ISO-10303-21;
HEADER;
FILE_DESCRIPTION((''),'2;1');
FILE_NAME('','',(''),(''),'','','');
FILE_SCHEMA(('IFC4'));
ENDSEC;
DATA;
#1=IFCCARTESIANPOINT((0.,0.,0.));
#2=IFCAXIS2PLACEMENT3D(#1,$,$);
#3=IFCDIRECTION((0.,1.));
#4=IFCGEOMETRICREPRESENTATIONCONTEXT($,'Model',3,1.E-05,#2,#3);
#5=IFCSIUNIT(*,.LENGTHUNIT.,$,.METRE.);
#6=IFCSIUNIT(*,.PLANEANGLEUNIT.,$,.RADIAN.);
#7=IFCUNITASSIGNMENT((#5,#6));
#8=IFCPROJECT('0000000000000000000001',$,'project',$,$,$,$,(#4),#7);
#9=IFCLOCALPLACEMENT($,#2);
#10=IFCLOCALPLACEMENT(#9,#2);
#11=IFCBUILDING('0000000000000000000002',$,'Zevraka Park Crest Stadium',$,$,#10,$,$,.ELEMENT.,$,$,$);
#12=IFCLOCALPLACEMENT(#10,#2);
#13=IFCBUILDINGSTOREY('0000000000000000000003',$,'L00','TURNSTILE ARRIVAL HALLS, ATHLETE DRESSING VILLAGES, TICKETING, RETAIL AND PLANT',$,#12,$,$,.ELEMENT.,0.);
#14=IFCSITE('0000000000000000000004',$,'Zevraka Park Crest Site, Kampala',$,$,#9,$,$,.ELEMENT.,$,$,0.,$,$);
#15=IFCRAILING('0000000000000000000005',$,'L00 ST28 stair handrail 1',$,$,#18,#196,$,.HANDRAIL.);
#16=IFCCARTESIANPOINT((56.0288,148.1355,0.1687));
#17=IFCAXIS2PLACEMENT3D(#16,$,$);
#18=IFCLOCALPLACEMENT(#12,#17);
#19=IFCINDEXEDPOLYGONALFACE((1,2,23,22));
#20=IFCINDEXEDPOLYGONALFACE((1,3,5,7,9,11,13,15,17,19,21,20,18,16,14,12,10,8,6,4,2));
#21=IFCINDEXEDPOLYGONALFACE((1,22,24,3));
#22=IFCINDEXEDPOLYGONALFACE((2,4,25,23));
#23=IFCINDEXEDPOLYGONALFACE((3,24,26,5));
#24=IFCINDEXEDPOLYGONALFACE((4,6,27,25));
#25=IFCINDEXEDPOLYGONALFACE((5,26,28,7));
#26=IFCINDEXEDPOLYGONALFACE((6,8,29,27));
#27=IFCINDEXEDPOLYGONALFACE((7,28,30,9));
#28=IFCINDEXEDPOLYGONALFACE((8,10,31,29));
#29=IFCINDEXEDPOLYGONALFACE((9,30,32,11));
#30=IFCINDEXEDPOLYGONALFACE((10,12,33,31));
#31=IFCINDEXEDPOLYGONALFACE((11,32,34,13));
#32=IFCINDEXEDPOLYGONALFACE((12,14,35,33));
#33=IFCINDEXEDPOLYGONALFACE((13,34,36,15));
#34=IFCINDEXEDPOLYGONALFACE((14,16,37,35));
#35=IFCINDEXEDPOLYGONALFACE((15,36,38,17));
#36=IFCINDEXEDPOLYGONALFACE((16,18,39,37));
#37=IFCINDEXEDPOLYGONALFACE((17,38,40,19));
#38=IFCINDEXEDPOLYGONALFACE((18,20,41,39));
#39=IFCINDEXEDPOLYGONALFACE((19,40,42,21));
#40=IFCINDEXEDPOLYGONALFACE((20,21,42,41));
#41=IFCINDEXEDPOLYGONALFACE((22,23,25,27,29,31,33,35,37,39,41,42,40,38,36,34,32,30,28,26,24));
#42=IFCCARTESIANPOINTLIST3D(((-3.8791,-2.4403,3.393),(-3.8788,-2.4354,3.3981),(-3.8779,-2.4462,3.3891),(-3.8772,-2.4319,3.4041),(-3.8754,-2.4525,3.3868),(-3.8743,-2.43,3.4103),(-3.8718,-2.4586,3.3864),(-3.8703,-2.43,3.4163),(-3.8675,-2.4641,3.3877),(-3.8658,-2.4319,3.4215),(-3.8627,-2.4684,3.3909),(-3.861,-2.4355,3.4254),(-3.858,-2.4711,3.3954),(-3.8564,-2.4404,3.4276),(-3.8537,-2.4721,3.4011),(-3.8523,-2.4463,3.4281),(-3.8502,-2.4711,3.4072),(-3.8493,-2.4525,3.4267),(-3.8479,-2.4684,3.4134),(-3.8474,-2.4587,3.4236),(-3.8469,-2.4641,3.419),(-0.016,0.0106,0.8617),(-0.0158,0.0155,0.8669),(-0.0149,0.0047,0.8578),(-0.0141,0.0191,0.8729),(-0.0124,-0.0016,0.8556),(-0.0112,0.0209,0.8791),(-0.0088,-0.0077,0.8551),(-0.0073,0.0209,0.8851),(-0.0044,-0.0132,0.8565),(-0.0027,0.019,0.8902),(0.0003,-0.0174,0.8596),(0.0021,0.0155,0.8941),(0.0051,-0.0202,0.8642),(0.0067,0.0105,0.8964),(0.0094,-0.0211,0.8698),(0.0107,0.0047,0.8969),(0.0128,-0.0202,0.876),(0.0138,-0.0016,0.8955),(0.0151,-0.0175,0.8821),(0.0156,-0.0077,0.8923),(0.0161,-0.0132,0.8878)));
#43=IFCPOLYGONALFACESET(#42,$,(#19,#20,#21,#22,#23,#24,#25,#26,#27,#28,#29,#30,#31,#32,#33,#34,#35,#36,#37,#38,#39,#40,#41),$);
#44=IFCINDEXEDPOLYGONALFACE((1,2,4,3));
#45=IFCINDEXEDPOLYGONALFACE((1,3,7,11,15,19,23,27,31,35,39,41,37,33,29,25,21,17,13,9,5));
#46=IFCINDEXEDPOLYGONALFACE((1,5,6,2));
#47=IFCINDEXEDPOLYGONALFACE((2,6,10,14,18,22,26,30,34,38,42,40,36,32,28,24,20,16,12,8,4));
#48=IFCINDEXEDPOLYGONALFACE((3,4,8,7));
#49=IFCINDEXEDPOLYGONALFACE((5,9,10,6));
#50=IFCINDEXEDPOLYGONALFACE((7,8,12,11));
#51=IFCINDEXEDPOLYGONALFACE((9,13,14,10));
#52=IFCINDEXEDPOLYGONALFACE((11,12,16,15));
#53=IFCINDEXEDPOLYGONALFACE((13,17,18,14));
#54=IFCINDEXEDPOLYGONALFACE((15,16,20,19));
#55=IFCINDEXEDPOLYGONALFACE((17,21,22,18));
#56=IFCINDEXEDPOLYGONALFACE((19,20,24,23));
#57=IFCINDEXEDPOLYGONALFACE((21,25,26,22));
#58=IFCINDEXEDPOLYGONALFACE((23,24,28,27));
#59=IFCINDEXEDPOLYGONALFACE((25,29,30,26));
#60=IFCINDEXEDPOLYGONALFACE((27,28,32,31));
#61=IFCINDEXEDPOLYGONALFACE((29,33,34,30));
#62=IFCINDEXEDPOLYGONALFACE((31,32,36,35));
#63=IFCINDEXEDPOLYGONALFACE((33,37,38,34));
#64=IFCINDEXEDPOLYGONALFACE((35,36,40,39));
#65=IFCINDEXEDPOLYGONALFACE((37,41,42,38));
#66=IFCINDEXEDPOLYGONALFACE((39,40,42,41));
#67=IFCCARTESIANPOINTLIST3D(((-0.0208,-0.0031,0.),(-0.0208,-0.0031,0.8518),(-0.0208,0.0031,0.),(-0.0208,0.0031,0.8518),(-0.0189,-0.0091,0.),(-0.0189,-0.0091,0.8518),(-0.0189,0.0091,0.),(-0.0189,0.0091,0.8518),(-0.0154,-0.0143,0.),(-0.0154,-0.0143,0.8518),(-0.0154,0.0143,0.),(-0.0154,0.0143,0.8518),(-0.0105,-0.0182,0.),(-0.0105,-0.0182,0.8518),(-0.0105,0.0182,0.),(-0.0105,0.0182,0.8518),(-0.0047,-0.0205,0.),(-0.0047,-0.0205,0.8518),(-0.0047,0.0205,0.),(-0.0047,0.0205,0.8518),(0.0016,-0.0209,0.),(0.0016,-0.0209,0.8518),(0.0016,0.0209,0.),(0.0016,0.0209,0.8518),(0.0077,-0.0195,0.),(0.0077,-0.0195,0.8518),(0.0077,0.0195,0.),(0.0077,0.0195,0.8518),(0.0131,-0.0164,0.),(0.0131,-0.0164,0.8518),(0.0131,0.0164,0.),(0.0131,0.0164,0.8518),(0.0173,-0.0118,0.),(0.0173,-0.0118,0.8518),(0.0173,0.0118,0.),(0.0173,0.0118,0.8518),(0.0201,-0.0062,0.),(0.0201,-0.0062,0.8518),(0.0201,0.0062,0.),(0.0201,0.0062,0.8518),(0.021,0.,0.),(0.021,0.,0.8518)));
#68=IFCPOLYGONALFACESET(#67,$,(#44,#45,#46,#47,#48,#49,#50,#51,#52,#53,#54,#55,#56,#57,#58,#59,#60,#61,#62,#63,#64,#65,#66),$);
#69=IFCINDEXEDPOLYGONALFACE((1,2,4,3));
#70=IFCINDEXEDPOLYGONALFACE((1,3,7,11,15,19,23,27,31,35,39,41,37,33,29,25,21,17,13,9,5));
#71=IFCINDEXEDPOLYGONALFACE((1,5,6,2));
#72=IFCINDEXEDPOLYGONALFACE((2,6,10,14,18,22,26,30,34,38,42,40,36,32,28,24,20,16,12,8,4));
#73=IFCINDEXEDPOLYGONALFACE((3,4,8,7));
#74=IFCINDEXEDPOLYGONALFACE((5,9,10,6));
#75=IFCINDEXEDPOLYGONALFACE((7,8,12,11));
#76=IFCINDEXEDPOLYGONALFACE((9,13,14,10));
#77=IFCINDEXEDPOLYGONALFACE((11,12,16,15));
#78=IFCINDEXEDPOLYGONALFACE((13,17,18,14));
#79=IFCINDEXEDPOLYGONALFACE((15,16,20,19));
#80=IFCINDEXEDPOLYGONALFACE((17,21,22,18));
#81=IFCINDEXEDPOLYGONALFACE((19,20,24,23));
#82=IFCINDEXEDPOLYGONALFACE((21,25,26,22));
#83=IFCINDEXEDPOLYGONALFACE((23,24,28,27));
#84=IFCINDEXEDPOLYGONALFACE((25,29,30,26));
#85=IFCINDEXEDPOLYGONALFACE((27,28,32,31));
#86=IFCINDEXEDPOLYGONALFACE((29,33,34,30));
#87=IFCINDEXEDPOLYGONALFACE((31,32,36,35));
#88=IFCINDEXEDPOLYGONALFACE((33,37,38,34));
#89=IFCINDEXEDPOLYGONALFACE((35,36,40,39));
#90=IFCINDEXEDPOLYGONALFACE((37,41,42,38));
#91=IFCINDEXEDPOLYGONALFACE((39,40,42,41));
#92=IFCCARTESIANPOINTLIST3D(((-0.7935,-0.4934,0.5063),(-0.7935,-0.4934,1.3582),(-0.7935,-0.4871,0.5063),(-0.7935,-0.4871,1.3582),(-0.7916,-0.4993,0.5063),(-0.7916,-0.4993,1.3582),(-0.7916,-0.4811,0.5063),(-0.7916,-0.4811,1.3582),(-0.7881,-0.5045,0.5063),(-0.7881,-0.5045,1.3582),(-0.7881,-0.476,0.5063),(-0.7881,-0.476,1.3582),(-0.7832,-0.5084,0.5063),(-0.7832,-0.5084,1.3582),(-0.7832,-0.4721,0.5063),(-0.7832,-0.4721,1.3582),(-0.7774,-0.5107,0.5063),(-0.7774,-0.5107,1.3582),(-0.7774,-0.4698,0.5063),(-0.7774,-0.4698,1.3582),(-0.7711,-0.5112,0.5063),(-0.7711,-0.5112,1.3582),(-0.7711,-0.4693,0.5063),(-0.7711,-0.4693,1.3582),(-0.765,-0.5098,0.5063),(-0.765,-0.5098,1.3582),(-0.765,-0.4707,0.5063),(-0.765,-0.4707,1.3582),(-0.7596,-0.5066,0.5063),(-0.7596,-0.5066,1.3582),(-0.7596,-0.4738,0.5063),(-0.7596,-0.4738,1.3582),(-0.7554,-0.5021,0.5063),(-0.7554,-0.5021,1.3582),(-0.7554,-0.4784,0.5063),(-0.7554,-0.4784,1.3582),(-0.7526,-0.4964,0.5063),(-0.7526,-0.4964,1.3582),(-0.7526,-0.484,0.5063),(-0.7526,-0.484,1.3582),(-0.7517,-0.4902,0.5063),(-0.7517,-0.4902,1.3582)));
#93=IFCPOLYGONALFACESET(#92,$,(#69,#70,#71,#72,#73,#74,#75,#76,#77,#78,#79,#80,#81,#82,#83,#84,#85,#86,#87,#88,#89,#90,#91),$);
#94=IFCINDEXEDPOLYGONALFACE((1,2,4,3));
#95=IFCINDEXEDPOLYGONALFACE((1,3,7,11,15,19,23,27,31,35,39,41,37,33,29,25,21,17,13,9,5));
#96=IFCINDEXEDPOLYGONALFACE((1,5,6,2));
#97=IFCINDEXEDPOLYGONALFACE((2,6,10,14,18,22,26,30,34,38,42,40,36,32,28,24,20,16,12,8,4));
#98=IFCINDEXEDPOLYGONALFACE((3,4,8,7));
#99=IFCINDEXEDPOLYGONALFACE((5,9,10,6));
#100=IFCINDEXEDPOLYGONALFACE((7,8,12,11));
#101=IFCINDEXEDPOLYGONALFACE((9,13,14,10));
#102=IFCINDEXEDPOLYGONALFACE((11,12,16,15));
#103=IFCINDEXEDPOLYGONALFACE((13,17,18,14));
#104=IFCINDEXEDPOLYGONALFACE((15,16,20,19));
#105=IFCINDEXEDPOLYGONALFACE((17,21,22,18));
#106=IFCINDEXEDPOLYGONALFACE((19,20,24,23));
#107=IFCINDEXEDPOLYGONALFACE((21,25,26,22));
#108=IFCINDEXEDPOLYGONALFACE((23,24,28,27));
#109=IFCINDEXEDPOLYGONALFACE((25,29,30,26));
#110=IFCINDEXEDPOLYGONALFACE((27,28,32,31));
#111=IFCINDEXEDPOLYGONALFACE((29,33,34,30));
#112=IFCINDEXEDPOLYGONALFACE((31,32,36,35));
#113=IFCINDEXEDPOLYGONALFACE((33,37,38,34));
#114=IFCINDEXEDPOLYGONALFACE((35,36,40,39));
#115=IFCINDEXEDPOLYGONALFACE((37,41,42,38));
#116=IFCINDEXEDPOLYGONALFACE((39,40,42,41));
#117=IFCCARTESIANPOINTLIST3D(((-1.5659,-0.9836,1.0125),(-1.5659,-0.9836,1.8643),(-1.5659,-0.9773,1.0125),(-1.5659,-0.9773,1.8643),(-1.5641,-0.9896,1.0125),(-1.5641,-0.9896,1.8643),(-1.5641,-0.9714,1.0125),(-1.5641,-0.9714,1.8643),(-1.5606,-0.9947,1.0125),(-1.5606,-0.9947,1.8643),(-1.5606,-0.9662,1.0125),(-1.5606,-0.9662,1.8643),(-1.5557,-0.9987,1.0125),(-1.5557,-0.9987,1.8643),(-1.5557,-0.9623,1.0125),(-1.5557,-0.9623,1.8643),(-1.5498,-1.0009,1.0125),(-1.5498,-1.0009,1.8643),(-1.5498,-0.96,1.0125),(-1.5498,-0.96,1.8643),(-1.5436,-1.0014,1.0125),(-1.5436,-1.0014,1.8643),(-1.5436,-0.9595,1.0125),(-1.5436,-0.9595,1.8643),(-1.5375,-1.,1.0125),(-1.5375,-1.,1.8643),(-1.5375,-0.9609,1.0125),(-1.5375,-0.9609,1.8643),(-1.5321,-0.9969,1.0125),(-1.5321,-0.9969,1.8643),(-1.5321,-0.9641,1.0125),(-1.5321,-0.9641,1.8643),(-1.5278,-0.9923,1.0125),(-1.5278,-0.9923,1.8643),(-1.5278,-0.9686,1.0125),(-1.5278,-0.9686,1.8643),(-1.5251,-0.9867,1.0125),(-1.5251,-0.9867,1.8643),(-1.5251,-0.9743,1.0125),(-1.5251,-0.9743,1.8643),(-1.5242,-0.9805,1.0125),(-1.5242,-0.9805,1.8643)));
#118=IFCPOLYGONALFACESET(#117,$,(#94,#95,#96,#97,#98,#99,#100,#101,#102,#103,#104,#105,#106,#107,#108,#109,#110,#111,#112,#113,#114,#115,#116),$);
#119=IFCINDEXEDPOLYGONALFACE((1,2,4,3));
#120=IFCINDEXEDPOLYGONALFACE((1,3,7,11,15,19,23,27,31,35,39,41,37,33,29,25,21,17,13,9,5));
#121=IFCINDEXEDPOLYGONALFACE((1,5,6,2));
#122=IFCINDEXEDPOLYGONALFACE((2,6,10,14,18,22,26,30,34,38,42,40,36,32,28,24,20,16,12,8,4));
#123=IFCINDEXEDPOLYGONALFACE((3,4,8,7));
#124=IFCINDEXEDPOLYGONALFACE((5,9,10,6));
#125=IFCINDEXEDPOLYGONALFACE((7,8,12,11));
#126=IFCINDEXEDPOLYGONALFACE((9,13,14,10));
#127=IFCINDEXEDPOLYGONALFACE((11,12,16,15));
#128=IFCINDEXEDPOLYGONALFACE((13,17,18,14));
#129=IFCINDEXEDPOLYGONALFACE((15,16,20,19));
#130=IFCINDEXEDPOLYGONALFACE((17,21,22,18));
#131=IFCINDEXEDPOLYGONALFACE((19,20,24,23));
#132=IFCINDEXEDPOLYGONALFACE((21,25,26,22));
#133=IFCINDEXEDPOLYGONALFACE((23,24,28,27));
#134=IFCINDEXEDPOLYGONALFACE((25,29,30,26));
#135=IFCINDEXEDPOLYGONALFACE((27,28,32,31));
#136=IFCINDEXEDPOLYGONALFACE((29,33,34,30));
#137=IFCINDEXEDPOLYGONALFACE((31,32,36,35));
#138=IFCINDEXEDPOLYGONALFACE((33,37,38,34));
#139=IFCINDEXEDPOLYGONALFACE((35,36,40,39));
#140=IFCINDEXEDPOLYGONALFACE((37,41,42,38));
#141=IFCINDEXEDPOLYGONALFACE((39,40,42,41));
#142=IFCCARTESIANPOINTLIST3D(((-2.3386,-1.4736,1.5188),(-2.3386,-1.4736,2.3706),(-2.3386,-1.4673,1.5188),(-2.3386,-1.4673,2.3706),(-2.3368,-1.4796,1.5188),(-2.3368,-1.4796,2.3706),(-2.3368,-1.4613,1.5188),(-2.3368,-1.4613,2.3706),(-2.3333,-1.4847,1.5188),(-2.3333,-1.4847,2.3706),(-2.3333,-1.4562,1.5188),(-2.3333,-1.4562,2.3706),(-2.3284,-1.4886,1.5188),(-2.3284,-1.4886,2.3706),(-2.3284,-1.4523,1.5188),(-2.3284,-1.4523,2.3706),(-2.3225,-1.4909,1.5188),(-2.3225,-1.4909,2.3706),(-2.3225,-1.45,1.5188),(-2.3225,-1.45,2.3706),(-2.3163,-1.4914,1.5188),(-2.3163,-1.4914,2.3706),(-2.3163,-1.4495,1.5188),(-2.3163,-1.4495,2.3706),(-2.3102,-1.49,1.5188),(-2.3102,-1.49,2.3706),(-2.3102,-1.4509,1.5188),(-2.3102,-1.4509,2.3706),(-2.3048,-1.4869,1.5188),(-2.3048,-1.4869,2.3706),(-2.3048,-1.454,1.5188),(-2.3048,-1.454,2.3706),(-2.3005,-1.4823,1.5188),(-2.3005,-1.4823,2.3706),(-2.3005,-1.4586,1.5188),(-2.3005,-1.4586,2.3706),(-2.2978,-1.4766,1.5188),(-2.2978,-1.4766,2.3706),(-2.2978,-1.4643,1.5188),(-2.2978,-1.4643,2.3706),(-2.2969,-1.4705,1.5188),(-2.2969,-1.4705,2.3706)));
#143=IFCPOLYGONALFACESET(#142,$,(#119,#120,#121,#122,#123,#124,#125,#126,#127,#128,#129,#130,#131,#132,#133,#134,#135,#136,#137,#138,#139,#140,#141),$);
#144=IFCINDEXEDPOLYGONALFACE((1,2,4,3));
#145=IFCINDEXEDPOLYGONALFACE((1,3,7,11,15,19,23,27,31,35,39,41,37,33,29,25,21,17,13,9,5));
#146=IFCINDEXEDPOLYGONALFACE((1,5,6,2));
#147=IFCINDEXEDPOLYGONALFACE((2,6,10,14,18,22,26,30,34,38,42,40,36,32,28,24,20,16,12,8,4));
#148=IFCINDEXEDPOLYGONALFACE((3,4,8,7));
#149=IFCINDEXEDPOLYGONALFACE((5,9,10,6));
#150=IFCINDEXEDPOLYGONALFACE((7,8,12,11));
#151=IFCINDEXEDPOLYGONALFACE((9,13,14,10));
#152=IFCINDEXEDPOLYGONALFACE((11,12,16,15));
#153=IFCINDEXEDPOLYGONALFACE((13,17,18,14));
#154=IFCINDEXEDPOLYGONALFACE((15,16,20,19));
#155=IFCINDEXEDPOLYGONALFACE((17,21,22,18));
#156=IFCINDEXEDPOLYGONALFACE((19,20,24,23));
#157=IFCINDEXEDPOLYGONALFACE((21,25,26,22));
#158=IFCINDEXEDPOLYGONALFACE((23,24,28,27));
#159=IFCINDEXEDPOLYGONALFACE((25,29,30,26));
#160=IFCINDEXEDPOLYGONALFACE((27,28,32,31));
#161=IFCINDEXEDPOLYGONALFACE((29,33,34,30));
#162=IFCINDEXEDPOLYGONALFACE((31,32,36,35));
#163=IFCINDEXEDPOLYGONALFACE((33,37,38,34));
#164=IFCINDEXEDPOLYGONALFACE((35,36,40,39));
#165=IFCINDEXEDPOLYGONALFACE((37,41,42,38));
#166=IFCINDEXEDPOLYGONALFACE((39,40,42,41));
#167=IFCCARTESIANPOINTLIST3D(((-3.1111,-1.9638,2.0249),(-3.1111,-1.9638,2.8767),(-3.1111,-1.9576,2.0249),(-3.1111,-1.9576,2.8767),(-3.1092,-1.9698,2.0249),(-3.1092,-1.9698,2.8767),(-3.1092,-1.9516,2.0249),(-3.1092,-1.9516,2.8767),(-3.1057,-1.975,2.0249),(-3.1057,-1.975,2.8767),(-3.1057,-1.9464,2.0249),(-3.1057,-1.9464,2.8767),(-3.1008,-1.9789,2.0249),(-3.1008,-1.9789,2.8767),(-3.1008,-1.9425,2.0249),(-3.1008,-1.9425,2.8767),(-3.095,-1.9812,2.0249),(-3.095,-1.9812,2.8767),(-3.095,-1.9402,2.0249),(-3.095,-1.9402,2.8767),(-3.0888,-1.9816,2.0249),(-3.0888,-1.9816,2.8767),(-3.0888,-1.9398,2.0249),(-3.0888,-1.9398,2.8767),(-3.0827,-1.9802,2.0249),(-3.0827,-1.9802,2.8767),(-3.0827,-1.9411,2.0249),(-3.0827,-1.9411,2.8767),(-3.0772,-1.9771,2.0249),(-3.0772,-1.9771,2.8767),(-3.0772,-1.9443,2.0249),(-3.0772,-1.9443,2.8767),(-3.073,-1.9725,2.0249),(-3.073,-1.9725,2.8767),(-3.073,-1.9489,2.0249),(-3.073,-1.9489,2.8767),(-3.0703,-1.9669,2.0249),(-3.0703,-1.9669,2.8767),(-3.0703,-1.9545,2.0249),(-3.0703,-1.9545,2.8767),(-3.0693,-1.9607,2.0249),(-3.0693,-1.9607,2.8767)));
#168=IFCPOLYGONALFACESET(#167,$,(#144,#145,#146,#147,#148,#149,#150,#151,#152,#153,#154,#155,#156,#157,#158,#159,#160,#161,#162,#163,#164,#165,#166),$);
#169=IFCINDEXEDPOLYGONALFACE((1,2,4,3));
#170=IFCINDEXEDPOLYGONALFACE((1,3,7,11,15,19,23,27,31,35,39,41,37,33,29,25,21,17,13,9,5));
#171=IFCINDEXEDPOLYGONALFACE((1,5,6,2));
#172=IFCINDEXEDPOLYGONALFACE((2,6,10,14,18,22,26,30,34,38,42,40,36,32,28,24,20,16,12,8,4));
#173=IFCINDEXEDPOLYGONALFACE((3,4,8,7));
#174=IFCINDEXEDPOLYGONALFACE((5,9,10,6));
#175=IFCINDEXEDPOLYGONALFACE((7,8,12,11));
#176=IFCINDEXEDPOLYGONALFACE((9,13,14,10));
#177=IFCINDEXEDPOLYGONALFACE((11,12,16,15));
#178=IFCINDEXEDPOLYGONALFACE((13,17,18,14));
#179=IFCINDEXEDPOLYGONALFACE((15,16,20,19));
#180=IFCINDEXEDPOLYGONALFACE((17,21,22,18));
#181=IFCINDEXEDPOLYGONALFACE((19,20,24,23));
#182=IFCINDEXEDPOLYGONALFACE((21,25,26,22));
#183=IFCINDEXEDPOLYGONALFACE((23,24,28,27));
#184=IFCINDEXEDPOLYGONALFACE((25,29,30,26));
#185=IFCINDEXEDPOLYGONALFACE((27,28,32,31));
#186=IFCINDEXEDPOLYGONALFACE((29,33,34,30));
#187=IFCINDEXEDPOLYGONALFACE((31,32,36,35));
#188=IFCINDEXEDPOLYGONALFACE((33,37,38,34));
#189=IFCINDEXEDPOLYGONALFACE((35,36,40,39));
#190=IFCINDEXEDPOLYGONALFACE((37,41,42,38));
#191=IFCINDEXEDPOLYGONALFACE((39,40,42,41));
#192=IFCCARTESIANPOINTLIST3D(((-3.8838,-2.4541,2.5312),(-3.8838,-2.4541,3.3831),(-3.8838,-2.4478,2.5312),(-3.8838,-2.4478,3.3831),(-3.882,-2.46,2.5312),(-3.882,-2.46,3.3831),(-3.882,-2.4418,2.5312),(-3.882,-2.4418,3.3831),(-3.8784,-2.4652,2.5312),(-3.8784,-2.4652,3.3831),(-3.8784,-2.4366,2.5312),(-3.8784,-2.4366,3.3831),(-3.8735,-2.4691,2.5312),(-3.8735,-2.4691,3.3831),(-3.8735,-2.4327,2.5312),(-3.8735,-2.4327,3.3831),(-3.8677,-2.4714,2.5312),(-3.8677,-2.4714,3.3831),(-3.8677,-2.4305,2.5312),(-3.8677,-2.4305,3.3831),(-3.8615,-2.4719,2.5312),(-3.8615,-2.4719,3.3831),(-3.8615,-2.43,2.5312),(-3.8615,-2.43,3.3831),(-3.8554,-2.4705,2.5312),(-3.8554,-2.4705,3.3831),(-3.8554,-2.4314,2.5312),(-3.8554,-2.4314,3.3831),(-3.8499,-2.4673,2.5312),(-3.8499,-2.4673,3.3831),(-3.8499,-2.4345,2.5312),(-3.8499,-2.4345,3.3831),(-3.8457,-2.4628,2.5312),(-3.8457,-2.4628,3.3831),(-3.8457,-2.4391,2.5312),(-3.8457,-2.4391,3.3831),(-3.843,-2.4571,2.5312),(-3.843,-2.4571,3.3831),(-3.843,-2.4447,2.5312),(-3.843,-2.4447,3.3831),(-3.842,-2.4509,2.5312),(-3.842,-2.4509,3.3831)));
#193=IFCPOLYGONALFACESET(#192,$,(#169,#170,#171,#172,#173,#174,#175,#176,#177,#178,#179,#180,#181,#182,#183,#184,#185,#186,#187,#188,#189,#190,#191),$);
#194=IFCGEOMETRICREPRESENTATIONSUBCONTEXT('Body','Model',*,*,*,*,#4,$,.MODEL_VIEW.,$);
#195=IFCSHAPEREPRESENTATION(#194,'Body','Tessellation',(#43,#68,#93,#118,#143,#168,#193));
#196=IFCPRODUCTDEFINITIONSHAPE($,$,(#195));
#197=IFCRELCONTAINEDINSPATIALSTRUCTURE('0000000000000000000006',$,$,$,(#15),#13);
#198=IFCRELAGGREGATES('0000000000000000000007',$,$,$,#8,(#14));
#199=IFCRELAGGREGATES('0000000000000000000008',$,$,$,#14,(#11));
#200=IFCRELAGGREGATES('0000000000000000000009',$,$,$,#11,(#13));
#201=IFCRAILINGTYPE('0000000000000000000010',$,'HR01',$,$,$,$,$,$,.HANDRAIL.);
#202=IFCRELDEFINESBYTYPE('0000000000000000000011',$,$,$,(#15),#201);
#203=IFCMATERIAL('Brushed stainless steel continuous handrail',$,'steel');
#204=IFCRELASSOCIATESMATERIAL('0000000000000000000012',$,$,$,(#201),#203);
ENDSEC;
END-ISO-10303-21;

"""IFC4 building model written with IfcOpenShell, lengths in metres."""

from ifc_helpers import new_model, si_unit, direction, frame, origin, origin_2d, place, context, subcontext, project, spatial, circle, extrude, material, type_object, element, save


model = new_model("IFC4")

# Units and contexts
model_context = context("Model", 3, precision=1e-05, world=origin(), true_north=direction((0.0, 1.0)))
body_context = subcontext(model_context, "Body", "Model", "MODEL_VIEW")
ifc_project = project(units=[si_unit("LENGTHUNIT", "METRE"), si_unit("PLANEANGLEUNIT", "RADIAN")], contexts=[model_context])

# Site, building, storey
site_placement = place(None, origin())
site = spatial("IfcSite", under=ifc_project, at=site_placement, Name="Zevraka Park Crest Site, Kampala", CompositionType="ELEMENT", RefElevation=0.0)
building_placement = place(site_placement, origin())
building = spatial("IfcBuilding", under=site, at=building_placement, Name="Zevraka Park Crest Stadium", CompositionType="ELEMENT")
storey_placement = place(building_placement, origin())
storey = spatial("IfcBuildingStorey", under=building, at=storey_placement, Name="L00", Description="TURNSTILE ARRIVAL HALLS, ATHLETE DRESSING VILLAGES, TICKETING, RETAIL AND PLANT", CompositionType="ELEMENT", Elevation=0.0)

# Railing
ifc_material_1 = material(Name="Brushed stainless steel continuous handrail", Category="steel")
railing_type_1 = type_object("IfcRailingType", Name="HR01", PredefinedType="HANDRAIL", material=ifc_material_1)
railing_1_placement = place(storey_placement, frame((56.0288, 148.1355, 0.1687)))
element("IfcRailing", 1, at=railing_1_placement, inside=storey, type_object=railing_type_1, Name="L00 ST28 stair handrail 1", PredefinedType="HANDRAIL", context=body_context, shape_type="SweptSolid", body=[
    extrude(circle(Radius=0.0239, at=origin_2d()), frame((0.0, 0.0, 0.876), z_axis=(-0.738841, -0.468762, 0.484124), x_axis=(0.535729, -0.84439, 0.0)), (0.0, 0.0, 1.0), 5.2285),
    extrude(circle(Radius=0.021, at=origin_2d()), origin(), (0.0, 0.0, 1.0), 0.8518),
    extrude(circle(Radius=0.021, at=origin_2d()), frame((-0.7727, -0.4902, 0.5063)), (0.0, 0.0, 1.0), 0.8518),
    extrude(circle(Radius=0.021, at=origin_2d()), frame((-1.5452, -0.9805, 1.0125)), (0.0, 0.0, 1.0), 0.8518),
    extrude(circle(Radius=0.021, at=origin_2d()), frame((-2.3179, -1.4705, 1.5188)), (0.0, 0.0, 1.0), 0.8518),
    extrude(circle(Radius=0.021, at=origin_2d()), frame((-3.0903, -1.9607, 2.0249)), (0.0, 0.0, 1.0), 0.8518),
    extrude(circle(Radius=0.021, at=origin_2d()), frame((-3.863, -2.4509, 2.5312)), (0.0, 0.0, 1.0), 0.8518),
])

save(model, "model.ifc")
